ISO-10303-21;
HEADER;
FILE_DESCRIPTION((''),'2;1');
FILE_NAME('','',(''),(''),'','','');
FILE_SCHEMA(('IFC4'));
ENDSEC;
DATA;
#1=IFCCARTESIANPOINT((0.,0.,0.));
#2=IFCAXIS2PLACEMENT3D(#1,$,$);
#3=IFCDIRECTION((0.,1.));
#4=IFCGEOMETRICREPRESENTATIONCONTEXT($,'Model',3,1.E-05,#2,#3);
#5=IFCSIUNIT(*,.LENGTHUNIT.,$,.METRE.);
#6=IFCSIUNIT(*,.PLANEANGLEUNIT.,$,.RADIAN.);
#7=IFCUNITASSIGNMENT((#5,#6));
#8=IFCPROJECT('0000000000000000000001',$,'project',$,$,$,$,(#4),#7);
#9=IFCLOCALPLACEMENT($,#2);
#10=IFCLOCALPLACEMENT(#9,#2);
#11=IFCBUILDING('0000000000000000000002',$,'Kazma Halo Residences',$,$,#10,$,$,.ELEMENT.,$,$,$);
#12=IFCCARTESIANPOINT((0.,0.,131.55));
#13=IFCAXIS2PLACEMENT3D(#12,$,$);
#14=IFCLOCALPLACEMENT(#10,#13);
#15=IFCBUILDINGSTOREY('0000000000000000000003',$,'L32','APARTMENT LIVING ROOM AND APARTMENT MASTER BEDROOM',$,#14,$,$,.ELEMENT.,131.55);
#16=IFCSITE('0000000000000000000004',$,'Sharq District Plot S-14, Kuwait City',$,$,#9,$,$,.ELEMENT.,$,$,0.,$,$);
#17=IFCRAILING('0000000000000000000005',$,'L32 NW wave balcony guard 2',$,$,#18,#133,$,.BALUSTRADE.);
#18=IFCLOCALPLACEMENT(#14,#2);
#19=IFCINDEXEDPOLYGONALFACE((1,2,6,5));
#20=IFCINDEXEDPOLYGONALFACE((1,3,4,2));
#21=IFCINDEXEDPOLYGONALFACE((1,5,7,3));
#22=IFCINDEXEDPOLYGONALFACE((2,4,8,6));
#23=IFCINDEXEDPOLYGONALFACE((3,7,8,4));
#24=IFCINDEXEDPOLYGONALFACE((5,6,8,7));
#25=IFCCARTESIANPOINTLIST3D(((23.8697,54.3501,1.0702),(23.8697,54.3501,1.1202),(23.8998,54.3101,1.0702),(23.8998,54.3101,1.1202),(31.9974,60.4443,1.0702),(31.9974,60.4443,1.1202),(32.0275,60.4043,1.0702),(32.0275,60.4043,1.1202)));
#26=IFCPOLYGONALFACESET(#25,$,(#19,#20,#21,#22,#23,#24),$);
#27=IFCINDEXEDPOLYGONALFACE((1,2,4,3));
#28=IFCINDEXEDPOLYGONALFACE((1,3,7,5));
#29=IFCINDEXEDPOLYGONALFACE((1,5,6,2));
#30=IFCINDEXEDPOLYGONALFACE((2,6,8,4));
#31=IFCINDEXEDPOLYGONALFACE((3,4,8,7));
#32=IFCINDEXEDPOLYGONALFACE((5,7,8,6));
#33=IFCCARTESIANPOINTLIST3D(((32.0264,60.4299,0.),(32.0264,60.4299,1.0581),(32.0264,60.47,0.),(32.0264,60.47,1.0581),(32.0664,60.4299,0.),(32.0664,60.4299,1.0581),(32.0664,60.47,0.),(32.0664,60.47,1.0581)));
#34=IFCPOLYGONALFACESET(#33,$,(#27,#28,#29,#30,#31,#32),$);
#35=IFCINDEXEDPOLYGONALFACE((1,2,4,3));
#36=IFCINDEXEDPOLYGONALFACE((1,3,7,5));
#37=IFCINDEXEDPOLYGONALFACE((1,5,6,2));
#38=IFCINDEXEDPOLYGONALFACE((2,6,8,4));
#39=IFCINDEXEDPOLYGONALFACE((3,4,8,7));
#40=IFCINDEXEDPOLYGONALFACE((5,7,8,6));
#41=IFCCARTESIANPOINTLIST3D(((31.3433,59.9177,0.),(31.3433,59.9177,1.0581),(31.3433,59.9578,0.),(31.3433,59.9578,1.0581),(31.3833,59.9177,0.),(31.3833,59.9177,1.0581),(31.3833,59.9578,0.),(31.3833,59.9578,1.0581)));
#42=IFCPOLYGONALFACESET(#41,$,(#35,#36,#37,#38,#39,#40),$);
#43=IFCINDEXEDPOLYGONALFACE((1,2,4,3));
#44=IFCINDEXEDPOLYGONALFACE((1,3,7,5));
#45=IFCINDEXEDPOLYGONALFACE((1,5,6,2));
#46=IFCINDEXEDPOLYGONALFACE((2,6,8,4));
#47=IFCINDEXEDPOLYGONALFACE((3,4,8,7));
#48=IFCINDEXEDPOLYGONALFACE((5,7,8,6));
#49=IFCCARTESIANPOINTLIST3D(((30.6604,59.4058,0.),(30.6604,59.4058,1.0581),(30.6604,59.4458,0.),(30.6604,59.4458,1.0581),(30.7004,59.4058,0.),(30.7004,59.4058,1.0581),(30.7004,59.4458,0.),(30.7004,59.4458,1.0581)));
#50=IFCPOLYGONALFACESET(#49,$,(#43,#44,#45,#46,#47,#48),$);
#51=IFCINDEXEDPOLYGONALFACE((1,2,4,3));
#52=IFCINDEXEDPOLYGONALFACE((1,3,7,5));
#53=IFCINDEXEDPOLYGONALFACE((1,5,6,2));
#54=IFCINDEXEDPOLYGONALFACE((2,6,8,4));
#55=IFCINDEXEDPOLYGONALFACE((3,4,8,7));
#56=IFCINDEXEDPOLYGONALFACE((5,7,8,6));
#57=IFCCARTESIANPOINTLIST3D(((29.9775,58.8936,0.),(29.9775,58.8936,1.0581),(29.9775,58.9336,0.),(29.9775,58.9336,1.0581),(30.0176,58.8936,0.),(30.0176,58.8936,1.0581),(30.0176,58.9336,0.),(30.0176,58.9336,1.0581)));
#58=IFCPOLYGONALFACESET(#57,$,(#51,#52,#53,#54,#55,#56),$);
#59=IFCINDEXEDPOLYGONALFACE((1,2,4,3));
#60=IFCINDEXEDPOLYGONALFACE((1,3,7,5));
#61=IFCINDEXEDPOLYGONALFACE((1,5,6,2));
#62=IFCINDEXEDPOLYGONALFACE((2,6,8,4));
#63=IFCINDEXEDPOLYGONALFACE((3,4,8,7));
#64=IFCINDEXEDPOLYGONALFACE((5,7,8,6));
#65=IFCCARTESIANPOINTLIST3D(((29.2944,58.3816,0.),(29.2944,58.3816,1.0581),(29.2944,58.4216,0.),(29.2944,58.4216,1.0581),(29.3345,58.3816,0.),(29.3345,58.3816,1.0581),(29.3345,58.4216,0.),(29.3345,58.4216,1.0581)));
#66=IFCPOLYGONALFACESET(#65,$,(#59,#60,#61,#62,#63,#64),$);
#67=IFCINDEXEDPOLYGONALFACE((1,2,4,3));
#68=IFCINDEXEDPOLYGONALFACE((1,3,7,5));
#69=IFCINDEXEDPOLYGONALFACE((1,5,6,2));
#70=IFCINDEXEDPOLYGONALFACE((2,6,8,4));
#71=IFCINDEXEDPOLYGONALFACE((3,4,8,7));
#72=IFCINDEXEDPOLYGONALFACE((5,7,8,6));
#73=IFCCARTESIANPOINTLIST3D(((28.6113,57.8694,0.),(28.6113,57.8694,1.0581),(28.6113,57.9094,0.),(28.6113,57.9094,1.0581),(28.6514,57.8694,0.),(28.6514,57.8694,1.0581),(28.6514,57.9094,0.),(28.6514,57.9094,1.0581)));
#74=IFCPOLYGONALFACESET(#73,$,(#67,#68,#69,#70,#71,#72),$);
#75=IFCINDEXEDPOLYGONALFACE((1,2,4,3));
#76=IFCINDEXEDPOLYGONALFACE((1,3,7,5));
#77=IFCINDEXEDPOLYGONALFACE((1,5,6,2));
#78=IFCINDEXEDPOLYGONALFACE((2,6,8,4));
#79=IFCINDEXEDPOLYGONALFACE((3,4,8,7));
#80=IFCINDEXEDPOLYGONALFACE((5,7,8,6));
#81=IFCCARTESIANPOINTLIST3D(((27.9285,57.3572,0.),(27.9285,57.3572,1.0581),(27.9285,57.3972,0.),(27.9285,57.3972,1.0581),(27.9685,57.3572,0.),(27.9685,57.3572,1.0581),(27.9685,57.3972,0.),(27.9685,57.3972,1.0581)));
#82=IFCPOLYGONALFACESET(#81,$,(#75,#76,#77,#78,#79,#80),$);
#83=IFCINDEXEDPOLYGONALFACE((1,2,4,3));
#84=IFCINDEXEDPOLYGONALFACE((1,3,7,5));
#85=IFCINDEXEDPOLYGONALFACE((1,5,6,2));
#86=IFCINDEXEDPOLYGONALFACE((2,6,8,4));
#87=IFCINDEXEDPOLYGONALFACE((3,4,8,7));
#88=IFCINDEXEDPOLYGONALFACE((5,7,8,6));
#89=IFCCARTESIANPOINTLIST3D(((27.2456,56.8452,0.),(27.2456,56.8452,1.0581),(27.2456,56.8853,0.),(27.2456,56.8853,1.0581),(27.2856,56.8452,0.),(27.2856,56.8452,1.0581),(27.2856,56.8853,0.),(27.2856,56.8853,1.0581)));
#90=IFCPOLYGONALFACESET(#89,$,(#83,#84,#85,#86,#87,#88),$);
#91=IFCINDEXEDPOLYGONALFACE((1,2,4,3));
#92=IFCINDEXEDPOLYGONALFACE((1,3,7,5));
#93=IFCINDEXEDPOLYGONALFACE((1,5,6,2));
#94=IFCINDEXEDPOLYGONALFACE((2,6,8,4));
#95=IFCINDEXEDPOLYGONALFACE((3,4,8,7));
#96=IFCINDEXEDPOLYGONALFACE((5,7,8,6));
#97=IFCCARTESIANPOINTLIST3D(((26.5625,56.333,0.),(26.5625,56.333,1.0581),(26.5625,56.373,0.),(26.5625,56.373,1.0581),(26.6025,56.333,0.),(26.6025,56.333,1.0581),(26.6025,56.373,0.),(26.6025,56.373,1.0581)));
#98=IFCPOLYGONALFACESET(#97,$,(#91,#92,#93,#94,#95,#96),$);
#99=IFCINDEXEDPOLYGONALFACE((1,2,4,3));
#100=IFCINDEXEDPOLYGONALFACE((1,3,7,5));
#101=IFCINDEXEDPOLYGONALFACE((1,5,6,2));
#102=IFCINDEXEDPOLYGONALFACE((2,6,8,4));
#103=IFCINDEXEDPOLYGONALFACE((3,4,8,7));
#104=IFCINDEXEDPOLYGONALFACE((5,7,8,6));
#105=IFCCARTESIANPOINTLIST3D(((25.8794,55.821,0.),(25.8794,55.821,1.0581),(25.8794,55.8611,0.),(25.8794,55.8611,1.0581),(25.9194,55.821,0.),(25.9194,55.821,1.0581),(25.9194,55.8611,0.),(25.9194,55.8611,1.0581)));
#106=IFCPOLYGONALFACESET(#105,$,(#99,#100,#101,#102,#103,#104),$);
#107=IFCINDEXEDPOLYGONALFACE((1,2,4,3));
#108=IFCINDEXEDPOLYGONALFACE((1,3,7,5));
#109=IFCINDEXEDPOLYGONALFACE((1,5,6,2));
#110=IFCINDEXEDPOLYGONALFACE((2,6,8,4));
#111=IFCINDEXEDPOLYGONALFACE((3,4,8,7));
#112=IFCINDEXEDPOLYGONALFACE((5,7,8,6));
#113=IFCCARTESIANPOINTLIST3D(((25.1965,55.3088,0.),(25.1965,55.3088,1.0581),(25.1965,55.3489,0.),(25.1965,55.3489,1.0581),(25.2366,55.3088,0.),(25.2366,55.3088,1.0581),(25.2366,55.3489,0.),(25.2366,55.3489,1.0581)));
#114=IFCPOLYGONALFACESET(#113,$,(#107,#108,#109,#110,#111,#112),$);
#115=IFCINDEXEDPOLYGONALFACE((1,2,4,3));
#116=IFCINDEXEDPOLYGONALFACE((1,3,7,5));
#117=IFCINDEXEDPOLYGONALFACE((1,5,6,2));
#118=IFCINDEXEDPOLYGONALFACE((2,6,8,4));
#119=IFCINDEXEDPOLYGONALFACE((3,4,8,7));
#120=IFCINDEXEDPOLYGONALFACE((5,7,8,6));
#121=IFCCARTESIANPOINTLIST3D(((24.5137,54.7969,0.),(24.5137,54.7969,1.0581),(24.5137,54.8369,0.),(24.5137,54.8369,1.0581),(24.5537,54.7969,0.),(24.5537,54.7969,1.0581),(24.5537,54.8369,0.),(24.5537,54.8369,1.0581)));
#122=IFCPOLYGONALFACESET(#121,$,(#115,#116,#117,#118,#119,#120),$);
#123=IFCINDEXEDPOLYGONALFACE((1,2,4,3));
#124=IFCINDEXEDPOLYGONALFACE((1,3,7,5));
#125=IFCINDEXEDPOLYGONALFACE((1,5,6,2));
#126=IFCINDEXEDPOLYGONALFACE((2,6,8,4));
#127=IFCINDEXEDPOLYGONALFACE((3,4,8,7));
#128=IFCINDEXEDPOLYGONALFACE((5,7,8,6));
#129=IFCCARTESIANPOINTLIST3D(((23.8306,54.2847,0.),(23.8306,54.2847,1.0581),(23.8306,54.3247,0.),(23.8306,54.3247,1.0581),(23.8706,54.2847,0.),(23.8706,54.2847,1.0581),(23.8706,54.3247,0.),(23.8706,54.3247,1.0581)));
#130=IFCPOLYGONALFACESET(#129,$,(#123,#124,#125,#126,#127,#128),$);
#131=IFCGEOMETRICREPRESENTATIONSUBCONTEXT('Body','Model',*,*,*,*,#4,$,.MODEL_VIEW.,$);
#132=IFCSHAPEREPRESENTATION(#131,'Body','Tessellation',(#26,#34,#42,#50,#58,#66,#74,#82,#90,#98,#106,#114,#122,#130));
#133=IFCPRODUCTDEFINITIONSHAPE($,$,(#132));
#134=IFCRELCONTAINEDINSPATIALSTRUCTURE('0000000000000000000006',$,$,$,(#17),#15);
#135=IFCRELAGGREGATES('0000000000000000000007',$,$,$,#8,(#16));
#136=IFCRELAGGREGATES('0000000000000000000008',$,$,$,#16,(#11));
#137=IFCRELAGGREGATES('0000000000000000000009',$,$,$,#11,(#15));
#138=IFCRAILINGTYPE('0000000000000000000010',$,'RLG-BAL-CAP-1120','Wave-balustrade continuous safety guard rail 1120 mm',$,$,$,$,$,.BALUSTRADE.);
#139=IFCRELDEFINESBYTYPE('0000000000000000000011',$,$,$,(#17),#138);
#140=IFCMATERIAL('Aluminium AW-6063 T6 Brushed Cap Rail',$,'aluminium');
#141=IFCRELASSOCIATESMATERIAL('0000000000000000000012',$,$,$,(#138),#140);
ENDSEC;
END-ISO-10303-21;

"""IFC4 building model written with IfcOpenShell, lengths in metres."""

from ifc_helpers import new_model, si_unit, direction, frame, origin, origin_2d, place, context, subcontext, project, spatial, rectangle, extrude, material, type_object, element, save


model = new_model("IFC4")

# Units and contexts
model_context = context("Model", 3, precision=1e-05, world=origin(), true_north=direction((0.0, 1.0)))
body_context = subcontext(model_context, "Body", "Model", "MODEL_VIEW")
ifc_project = project(units=[si_unit("LENGTHUNIT", "METRE"), si_unit("PLANEANGLEUNIT", "RADIAN")], contexts=[model_context])

# Site, building, storey
site_placement = place(None, origin())
site = spatial("IfcSite", under=ifc_project, at=site_placement, Name="Sharq District Plot S-14, Kuwait City", CompositionType="ELEMENT", RefElevation=0.0)
building_placement = place(site_placement, origin())
building = spatial("IfcBuilding", under=site, at=building_placement, Name="Kazma Halo Residences", CompositionType="ELEMENT")
storey_placement = place(building_placement, frame((0.0, 0.0, 131.55)))
storey = spatial("IfcBuildingStorey", under=building, at=storey_placement, Name="L32", Description="APARTMENT LIVING ROOM AND APARTMENT MASTER BEDROOM", CompositionType="ELEMENT", Elevation=131.55)

# Railing
ifc_material_1 = material(Name="Aluminium AW-6063 T6 Brushed Cap Rail", Category="aluminium")
railing_type = type_object("IfcRailingType", Name="RLG-BAL-CAP-1120", Description="Wave-balustrade continuous safety guard rail 1120 mm", PredefinedType="BALUSTRADE", material=ifc_material_1)
railing_1_placement = place(storey_placement, frame((32.0464, 60.45, 0.0)))
element("IfcRailing", 1, at=railing_1_placement, inside=storey, type_object=railing_type, Name="L32 NW wave balcony guard 2", PredefinedType="BALUSTRADE", context=body_context, shape_type="SweptSolid", body=[
    extrude(rectangle(XDim=0.05, YDim=0.05, at=origin_2d()), frame((-0.0339, -0.0256, 1.0952), z_axis=(-0.800074, -0.599901, 0.0), x_axis=(0.599901, -0.800074, 0.0)), (0.0, 0.0, 1.0), 10.1587),
    extrude(rectangle(XDim=0.04, YDim=0.04, at=origin_2d()), origin(), (0.0, 0.0, 1.0), 1.0581),
    extrude(rectangle(XDim=0.04, YDim=0.04, at=origin_2d()), frame((-0.6831, -0.5122, 0.0)), (0.0, 0.0, 1.0), 1.0581),
    extrude(rectangle(XDim=0.04, YDim=0.04, at=origin_2d()), frame((-1.366, -1.0242, 0.0)), (0.0, 0.0, 1.0), 1.0581),
    extrude(rectangle(XDim=0.04, YDim=0.04, at=origin_2d()), frame((-2.0488, -1.5364, 0.0)), (0.0, 0.0, 1.0), 1.0581),
    extrude(rectangle(XDim=0.04, YDim=0.04, at=origin_2d()), frame((-2.7319, -2.0483, 0.0)), (0.0, 0.0, 1.0), 1.0581),
    extrude(rectangle(XDim=0.04, YDim=0.04, at=origin_2d()), frame((-3.415, -2.5605, 0.0)), (0.0, 0.0, 1.0), 1.0581),
    extrude(rectangle(XDim=0.04, YDim=0.04, at=origin_2d()), frame((-4.0979, -3.0728, 0.0)), (0.0, 0.0, 1.0), 1.0581),
    extrude(rectangle(XDim=0.04, YDim=0.04, at=origin_2d()), frame((-4.7808, -3.5847, 0.0)), (0.0, 0.0, 1.0), 1.0581),
    extrude(rectangle(XDim=0.04, YDim=0.04, at=origin_2d()), frame((-5.4639, -4.0969, 0.0)), (0.0, 0.0, 1.0), 1.0581),
    extrude(rectangle(XDim=0.04, YDim=0.04, at=origin_2d()), frame((-6.147, -4.6089, 0.0)), (0.0, 0.0, 1.0), 1.0581),
    extrude(rectangle(XDim=0.04, YDim=0.04, at=origin_2d()), frame((-6.8298, -5.1211, 0.0)), (0.0, 0.0, 1.0), 1.0581),
    extrude(rectangle(XDim=0.04, YDim=0.04, at=origin_2d()), frame((-7.5127, -5.6331, 0.0)), (0.0, 0.0, 1.0), 1.0581),
    extrude(rectangle(XDim=0.04, YDim=0.04, at=origin_2d()), frame((-8.1958, -6.1453, 0.0)), (0.0, 0.0, 1.0), 1.0581),
])

save(model, "model.ifc")
